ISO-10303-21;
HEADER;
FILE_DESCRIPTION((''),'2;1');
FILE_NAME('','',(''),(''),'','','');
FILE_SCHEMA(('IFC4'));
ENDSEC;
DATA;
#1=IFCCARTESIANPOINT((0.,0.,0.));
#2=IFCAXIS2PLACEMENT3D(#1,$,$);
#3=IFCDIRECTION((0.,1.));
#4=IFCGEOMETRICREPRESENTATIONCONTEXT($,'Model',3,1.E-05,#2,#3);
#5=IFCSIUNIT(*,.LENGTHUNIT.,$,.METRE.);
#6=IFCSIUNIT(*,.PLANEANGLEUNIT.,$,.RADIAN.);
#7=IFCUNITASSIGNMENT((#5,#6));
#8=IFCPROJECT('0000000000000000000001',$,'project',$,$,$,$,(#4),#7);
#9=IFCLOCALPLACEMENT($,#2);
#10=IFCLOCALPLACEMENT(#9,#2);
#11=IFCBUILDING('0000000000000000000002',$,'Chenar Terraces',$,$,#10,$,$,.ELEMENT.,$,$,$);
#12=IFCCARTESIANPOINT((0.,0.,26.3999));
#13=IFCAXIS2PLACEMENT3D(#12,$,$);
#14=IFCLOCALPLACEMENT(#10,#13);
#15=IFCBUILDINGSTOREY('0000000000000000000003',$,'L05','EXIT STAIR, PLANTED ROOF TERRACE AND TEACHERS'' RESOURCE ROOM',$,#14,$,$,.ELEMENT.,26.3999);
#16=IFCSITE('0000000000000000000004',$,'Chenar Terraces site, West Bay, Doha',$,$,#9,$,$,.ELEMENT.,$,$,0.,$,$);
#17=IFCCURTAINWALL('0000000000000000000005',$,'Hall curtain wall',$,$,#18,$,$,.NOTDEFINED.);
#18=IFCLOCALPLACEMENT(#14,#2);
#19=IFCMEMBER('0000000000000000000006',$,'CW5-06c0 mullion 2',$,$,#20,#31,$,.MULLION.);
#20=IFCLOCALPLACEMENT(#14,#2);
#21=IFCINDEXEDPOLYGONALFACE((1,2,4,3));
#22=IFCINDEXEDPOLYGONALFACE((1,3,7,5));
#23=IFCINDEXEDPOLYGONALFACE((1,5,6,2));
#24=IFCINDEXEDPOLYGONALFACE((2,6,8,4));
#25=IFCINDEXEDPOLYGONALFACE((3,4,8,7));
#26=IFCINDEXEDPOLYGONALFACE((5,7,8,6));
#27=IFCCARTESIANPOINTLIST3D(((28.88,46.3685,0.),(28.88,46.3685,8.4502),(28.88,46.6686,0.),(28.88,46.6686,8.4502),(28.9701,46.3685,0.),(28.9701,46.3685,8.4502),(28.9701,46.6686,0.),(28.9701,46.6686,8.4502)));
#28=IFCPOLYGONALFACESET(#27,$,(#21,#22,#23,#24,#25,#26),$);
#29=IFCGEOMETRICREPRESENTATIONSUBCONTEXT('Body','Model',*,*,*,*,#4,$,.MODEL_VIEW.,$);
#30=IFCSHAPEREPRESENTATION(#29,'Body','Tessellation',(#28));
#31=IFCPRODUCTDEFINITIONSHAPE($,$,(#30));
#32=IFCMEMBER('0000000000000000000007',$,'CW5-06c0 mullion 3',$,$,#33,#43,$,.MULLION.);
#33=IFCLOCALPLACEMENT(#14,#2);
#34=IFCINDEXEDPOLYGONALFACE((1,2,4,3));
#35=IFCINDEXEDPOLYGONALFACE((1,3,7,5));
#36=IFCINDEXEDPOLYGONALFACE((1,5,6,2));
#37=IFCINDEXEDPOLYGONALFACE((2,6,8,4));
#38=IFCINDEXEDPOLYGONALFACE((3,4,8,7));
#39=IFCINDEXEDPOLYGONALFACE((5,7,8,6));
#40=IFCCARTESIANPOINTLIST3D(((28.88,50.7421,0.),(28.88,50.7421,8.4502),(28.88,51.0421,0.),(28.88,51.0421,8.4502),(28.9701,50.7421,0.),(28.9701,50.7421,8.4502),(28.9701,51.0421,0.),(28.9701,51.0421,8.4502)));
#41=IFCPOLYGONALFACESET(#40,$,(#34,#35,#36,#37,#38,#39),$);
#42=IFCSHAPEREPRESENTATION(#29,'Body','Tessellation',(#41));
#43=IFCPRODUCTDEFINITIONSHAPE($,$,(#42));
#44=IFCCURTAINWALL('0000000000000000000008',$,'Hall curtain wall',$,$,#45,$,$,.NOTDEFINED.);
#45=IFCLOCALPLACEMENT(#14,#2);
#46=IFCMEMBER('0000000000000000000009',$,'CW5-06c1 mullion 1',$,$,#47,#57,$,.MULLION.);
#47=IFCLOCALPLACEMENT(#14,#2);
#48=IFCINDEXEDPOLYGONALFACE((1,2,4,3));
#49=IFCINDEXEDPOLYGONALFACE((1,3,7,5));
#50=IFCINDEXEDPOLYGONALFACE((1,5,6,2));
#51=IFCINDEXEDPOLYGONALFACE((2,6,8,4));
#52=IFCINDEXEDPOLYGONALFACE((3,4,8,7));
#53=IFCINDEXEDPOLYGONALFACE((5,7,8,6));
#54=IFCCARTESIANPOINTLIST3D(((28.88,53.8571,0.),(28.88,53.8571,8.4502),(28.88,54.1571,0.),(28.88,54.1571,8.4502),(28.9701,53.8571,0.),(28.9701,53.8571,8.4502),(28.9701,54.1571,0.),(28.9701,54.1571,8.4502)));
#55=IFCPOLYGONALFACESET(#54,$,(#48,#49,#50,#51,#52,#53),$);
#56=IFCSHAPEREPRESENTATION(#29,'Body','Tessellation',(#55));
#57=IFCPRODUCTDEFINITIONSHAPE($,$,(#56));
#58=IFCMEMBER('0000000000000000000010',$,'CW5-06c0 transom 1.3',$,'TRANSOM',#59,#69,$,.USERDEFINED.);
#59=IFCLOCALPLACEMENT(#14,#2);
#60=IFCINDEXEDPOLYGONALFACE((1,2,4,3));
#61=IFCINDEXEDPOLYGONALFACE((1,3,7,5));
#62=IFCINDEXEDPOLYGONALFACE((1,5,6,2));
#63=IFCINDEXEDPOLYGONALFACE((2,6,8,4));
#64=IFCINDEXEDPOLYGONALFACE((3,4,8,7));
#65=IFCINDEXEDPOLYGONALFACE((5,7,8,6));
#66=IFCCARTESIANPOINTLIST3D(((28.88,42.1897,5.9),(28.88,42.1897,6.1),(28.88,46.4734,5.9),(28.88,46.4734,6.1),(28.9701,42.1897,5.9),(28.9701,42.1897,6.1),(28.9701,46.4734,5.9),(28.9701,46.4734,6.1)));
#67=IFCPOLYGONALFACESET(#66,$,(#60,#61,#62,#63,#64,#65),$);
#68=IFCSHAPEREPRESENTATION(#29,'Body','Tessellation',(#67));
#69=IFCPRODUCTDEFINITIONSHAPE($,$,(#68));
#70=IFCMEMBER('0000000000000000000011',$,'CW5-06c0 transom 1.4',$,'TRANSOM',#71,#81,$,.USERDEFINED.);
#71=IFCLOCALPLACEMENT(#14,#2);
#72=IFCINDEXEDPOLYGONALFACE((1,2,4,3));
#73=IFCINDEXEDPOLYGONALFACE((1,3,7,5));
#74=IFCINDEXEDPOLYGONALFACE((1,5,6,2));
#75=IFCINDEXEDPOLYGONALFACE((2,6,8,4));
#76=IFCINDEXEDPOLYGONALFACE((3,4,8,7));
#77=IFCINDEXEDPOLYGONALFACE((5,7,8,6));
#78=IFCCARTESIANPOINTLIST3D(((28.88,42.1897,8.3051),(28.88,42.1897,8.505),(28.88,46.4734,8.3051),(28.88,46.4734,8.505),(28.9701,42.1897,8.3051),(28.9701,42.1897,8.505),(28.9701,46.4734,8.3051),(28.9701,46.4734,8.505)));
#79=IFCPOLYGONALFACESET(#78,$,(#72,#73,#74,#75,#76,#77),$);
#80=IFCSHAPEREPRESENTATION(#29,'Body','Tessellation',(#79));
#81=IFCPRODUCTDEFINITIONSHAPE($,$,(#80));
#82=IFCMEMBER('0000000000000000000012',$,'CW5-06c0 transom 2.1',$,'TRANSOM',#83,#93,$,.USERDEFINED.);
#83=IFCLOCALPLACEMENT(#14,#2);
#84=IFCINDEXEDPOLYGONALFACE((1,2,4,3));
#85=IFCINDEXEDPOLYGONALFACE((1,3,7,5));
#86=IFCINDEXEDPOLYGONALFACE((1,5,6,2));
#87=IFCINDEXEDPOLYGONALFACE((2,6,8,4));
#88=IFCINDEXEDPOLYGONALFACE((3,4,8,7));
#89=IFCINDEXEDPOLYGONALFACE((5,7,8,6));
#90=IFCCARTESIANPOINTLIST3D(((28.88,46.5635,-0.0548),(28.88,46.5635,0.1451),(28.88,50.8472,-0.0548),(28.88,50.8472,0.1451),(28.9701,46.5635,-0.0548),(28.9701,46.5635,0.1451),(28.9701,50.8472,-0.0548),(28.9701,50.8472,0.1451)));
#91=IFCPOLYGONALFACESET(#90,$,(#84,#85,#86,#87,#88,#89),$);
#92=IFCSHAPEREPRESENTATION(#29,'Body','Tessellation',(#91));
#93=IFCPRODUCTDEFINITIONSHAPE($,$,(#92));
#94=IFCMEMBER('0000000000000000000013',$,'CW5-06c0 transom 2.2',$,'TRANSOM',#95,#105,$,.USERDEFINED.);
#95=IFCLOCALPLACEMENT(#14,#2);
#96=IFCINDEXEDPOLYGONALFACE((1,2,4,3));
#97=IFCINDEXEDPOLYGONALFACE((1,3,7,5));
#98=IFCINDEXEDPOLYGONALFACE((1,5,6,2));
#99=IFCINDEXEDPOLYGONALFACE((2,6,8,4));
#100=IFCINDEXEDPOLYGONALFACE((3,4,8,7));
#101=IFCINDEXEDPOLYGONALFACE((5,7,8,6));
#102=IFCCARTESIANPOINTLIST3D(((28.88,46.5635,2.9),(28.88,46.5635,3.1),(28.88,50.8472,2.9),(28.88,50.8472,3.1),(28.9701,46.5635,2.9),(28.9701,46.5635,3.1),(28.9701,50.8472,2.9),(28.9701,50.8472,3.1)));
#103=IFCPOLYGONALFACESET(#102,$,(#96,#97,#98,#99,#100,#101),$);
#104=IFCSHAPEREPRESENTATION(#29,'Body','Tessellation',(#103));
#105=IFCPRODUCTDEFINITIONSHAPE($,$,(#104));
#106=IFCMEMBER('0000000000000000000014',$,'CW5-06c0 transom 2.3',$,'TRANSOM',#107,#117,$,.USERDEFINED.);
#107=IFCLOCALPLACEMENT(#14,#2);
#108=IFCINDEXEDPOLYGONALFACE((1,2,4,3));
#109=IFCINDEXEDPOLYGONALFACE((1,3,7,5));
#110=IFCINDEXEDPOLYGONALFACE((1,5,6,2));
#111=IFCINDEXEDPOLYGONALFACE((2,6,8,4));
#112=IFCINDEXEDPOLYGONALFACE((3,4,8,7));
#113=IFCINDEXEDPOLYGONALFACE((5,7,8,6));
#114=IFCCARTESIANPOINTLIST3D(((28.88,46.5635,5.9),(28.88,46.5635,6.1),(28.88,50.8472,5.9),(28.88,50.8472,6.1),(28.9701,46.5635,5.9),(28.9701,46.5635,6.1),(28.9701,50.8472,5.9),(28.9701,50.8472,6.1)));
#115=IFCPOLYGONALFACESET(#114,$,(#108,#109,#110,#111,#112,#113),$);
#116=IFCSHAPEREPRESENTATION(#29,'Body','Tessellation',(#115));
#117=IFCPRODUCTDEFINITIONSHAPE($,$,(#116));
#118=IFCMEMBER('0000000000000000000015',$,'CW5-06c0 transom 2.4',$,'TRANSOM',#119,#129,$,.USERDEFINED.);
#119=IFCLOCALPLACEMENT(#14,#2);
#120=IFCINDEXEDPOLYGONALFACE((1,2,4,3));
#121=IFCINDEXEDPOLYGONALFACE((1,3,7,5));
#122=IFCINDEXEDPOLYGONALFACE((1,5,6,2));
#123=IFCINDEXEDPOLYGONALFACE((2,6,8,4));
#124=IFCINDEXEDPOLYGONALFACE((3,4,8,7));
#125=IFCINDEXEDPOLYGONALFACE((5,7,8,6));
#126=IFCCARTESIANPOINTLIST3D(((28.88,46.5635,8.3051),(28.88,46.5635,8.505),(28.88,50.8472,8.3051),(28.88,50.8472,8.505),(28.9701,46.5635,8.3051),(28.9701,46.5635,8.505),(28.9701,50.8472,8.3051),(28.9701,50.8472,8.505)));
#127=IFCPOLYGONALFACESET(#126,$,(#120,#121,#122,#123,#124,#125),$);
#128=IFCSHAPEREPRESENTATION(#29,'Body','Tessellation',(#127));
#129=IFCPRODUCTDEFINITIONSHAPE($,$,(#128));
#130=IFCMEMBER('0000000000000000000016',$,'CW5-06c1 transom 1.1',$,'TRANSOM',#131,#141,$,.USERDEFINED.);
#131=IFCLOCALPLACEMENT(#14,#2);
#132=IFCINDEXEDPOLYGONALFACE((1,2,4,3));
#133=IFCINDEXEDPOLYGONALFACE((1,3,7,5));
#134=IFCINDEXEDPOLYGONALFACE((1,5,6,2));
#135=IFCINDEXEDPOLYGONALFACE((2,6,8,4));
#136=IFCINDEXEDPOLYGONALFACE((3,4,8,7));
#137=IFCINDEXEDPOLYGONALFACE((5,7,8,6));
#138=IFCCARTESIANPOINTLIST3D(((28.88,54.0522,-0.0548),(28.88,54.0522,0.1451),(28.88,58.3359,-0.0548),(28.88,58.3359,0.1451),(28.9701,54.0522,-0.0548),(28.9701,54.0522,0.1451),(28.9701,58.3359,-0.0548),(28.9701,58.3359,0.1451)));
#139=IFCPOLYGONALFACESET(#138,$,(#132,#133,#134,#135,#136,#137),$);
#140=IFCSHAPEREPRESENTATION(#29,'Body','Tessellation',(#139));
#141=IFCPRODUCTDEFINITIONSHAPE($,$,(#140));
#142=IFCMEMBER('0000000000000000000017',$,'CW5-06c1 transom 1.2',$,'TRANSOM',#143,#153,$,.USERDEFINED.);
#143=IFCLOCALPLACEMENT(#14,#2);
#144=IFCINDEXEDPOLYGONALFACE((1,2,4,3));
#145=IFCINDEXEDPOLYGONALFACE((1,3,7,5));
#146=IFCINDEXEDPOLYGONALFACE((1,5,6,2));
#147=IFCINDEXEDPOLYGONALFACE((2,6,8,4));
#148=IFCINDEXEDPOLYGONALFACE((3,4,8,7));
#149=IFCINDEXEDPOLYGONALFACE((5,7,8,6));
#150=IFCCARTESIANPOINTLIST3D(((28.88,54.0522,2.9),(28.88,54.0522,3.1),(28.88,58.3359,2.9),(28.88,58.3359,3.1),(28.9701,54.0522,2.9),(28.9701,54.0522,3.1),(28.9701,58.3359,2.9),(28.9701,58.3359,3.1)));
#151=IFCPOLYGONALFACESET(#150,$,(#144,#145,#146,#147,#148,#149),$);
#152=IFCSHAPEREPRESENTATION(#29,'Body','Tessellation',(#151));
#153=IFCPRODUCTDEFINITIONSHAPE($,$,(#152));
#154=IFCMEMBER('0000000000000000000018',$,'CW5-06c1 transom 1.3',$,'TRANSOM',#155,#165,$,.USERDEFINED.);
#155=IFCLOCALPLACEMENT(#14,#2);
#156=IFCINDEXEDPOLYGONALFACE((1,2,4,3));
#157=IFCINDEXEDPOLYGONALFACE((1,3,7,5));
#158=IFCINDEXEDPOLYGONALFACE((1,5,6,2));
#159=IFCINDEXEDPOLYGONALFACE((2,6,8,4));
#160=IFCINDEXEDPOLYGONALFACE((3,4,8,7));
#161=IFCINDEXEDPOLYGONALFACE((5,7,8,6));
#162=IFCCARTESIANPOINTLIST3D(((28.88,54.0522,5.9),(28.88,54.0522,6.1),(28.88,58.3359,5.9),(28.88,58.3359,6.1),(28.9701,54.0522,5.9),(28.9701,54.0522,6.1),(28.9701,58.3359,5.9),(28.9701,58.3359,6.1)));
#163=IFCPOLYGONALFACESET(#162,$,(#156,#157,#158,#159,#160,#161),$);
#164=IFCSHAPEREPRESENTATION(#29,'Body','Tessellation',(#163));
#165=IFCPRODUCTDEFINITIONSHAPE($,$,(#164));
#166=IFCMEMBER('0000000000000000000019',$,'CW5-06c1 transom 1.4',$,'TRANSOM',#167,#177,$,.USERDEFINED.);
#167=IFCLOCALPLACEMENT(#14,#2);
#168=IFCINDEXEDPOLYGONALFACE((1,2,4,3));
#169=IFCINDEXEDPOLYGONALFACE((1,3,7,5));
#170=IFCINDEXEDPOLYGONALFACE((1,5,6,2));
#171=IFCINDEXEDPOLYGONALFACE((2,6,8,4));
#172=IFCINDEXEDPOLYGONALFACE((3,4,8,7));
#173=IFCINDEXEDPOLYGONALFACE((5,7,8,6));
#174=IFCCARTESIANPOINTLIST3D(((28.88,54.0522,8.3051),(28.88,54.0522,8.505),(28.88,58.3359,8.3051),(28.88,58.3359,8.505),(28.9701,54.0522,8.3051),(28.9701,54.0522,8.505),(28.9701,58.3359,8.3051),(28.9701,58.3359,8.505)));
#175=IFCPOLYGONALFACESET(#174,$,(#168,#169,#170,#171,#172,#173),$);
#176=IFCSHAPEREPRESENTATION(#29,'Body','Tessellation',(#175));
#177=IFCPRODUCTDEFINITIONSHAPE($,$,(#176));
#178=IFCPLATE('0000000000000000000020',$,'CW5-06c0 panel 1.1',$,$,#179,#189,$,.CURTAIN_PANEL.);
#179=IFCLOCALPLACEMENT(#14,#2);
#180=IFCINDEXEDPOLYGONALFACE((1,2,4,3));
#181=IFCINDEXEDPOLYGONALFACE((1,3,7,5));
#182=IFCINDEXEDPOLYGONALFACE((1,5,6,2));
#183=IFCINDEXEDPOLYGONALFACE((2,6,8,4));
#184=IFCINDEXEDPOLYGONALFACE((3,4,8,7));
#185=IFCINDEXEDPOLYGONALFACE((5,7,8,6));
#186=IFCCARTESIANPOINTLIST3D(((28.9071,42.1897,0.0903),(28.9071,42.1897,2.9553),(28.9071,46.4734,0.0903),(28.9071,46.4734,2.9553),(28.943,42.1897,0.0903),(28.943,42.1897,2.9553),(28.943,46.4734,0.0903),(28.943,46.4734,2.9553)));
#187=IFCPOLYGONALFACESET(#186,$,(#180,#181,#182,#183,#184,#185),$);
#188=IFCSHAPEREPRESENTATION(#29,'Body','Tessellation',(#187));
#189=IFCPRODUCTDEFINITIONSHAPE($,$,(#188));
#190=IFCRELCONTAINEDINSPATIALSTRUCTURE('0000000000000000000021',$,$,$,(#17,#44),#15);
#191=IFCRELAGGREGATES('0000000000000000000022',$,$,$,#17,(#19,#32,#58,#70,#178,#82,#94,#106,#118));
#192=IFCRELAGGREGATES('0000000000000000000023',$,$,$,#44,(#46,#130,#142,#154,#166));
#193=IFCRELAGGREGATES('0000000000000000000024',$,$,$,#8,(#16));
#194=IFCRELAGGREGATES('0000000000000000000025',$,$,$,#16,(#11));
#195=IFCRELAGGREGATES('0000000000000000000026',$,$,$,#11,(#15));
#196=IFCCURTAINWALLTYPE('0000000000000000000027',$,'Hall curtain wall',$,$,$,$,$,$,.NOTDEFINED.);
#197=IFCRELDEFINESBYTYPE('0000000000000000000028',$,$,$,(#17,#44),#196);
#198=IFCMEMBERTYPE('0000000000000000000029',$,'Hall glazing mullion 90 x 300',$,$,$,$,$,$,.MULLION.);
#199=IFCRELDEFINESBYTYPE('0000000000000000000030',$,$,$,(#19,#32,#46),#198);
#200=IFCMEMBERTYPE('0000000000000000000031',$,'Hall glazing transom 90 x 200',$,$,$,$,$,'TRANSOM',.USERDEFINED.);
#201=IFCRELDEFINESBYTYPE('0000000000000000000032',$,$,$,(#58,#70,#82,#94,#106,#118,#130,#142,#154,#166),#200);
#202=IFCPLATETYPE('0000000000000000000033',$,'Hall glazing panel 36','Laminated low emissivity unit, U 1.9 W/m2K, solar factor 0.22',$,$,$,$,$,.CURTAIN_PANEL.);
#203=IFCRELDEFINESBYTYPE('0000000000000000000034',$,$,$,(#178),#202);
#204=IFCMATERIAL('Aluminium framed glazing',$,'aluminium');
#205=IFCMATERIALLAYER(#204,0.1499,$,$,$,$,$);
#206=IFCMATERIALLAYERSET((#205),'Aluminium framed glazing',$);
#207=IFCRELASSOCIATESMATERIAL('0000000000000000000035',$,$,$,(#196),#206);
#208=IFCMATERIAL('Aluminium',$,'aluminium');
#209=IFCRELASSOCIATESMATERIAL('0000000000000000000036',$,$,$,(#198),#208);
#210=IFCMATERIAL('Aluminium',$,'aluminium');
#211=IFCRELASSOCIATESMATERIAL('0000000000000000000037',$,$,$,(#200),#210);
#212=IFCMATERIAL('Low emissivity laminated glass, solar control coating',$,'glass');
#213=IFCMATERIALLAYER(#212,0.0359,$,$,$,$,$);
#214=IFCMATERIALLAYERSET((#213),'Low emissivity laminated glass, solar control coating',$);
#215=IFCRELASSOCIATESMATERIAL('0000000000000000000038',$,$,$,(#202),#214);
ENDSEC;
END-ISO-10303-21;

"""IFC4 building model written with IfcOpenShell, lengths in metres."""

from ifc_helpers import new_model, si_unit, direction, frame, origin, origin_2d, place, context, subcontext, project, spatial, rectangle, extrude, material, layer, layer_set, material_profile, profile_set, type_object, element, aggregate, save


model = new_model("IFC4")

# Units and contexts
model_context = context("Model", 3, precision=1e-05, world=origin(), true_north=direction((0.0, 1.0)))
body_context = subcontext(model_context, "Body", "Model", "MODEL_VIEW")
ifc_project = project(units=[si_unit("LENGTHUNIT", "METRE"), si_unit("PLANEANGLEUNIT", "RADIAN")], contexts=[model_context])

# Site, building, storey
site_placement = place(None, origin())
site = spatial("IfcSite", under=ifc_project, at=site_placement, Name="Chenar Terraces site, West Bay, Doha", CompositionType="ELEMENT", RefElevation=0.0)
building_placement = place(site_placement, origin())
building = spatial("IfcBuilding", under=site, at=building_placement, Name="Chenar Terraces", CompositionType="ELEMENT")
storey_placement = place(building_placement, frame((0.0, 0.0, 26.3999)))
storey = spatial("IfcBuildingStorey", under=building, at=storey_placement, Name="L05", Description="EXIT STAIR, PLANTED ROOF TERRACE AND TEACHERS' RESOURCE ROOM", CompositionType="ELEMENT", Elevation=26.3999)

# Curtain wall, members
ifc_material_1 = material(Name="Aluminium framed glazing", Category="aluminium")
ifc_layer_1 = layer(ifc_material_1, 0.1499)
ifc_layer_set_1 = layer_set([ifc_layer_1], Name="Aluminium framed glazing")
curtain_wall_type = type_object("IfcCurtainWallType", Name="Hall curtain wall", PredefinedType="NOTDEFINED", material=ifc_layer_set_1)
placement = place(storey_placement, origin())
curtain_wall_1 = element("IfcCurtainWall", 1, at=placement, inside=storey, type_object=curtain_wall_type, Name="Hall curtain wall", PredefinedType="NOTDEFINED")
ifc_material_2 = material(Name="Aluminium", Category="aluminium")
ifc_material_profile_1 = material_profile(ifc_material_2, rectangle(XDim=0.0901, YDim=0.3, at=origin_2d()), Name="Hall glazing mullion 90 x 300")
ifc_profile_set_1 = profile_set([ifc_material_profile_1], Name="Aluminium")
member_type_1 = type_object("IfcMemberType", Name="Hall glazing mullion 90 x 300", PredefinedType="MULLION", material=ifc_profile_set_1)
member_1_placement = place(storey_placement, frame((28.925, 46.5186, 0.0), z_axis=(0.0, 0.0, 1.0), x_axis=(-1.0, 0.0, 0.0)))
member_1 = element("IfcMember", 2, at=member_1_placement, type_object=member_type_1, Name="CW5-06c0 mullion 2", PredefinedType="MULLION", context=body_context, shape_type="SweptSolid", body=[
    extrude(rectangle(XDim=0.0901, YDim=0.3, at=origin_2d()), origin(), (0.0, 0.0, 1.0), 8.4502),
])
member_2_placement = place(storey_placement, frame((28.925, 50.8921, 0.0), z_axis=(0.0, 0.0, 1.0), x_axis=(-1.0, 0.0, 0.0)))
member_2 = element("IfcMember", 3, at=member_2_placement, type_object=member_type_1, Name="CW5-06c0 mullion 3", PredefinedType="MULLION", context=body_context, shape_type="SweptSolid", body=[
    extrude(rectangle(XDim=0.0901, YDim=0.3, at=origin_2d()), origin(), (0.0, 0.0, 1.0), 8.4502),
])

# Curtain wall, member
curtain_wall_2 = element("IfcCurtainWall", 4, at=placement, inside=storey, type_object=curtain_wall_type, Name="Hall curtain wall", PredefinedType="NOTDEFINED")
member_3_placement = place(storey_placement, frame((28.925, 54.0071, 0.0), z_axis=(0.0, 0.0, 1.0), x_axis=(-1.0, 0.0, 0.0)))
member_3 = element("IfcMember", 5, at=member_3_placement, type_object=member_type_1, Name="CW5-06c1 mullion 1", PredefinedType="MULLION", context=body_context, shape_type="SweptSolid", body=[
    extrude(rectangle(XDim=0.0901, YDim=0.3, at=origin_2d()), origin(), (0.0, 0.0, 1.0), 8.4502),
])

# Members
ifc_material_3 = material(Name="Aluminium", Category="aluminium")
ifc_material_profile_2 = material_profile(ifc_material_3, rectangle(XDim=0.0901, YDim=0.2, at=origin_2d()), Name="Hall glazing transom 90 x 200")
ifc_profile_set_2 = profile_set([ifc_material_profile_2], Name="Aluminium")
member_type_2 = type_object("IfcMemberType", Name="Hall glazing transom 90 x 200", ElementType="TRANSOM", PredefinedType="USERDEFINED", material=ifc_profile_set_2)
member_4_placement = place(storey_placement, frame((28.925, 42.1897, 6.0), z_axis=(0.0, 1.0, 0.0), x_axis=(-1.0, 0.0, 0.0)))
member_4 = element("IfcMember", 6, at=member_4_placement, type_object=member_type_2, Name="CW5-06c0 transom 1.3", ObjectType="TRANSOM", PredefinedType="USERDEFINED", context=body_context, shape_type="SweptSolid", body=[
    extrude(rectangle(XDim=0.0901, YDim=0.2, at=origin_2d()), origin(), (0.0, 0.0, 1.0), 4.2837),
])
member_5_placement = place(storey_placement, frame((28.925, 42.1897, 8.405), z_axis=(0.0, 1.0, 0.0), x_axis=(-1.0, 0.0, 0.0)))
member_5 = element("IfcMember", 7, at=member_5_placement, type_object=member_type_2, Name="CW5-06c0 transom 1.4", ObjectType="TRANSOM", PredefinedType="USERDEFINED", context=body_context, shape_type="SweptSolid", body=[
    extrude(rectangle(XDim=0.0901, YDim=0.2, at=origin_2d()), origin(), (0.0, 0.0, 1.0), 4.2837),
])
member_6_placement = place(storey_placement, frame((28.925, 46.5635, 0.0452), z_axis=(0.0, 1.0, 0.0), x_axis=(-1.0, 0.0, 0.0)))
member_6 = element("IfcMember", 8, at=member_6_placement, type_object=member_type_2, Name="CW5-06c0 transom 2.1", ObjectType="TRANSOM", PredefinedType="USERDEFINED", context=body_context, shape_type="SweptSolid", body=[
    extrude(rectangle(XDim=0.0901, YDim=0.2, at=origin_2d()), origin(), (0.0, 0.0, 1.0), 4.2837),
])
member_7_placement = place(storey_placement, frame((28.925, 46.5635, 3.0), z_axis=(0.0, 1.0, 0.0), x_axis=(-1.0, 0.0, 0.0)))
member_7 = element("IfcMember", 9, at=member_7_placement, type_object=member_type_2, Name="CW5-06c0 transom 2.2", ObjectType="TRANSOM", PredefinedType="USERDEFINED", context=body_context, shape_type="SweptSolid", body=[
    extrude(rectangle(XDim=0.0901, YDim=0.2, at=origin_2d()), origin(), (0.0, 0.0, 1.0), 4.2837),
])
member_8_placement = place(storey_placement, frame((28.925, 46.5635, 6.0), z_axis=(0.0, 1.0, 0.0), x_axis=(-1.0, 0.0, 0.0)))
member_8 = element("IfcMember", 10, at=member_8_placement, type_object=member_type_2, Name="CW5-06c0 transom 2.3", ObjectType="TRANSOM", PredefinedType="USERDEFINED", context=body_context, shape_type="SweptSolid", body=[
    extrude(rectangle(XDim=0.0901, YDim=0.2, at=origin_2d()), origin(), (0.0, 0.0, 1.0), 4.2837),
])
member_9_placement = place(storey_placement, frame((28.925, 46.5635, 8.405), z_axis=(0.0, 1.0, 0.0), x_axis=(-1.0, 0.0, 0.0)))
member_9 = element("IfcMember", 11, at=member_9_placement, type_object=member_type_2, Name="CW5-06c0 transom 2.4", ObjectType="TRANSOM", PredefinedType="USERDEFINED", context=body_context, shape_type="SweptSolid", body=[
    extrude(rectangle(XDim=0.0901, YDim=0.2, at=origin_2d()), origin(), (0.0, 0.0, 1.0), 4.2837),
])
member_10_placement = place(storey_placement, frame((28.925, 54.0522, 0.0452), z_axis=(0.0, 1.0, 0.0), x_axis=(-1.0, 0.0, 0.0)))
member_10 = element("IfcMember", 12, at=member_10_placement, type_object=member_type_2, Name="CW5-06c1 transom 1.1", ObjectType="TRANSOM", PredefinedType="USERDEFINED", context=body_context, shape_type="SweptSolid", body=[
    extrude(rectangle(XDim=0.0901, YDim=0.2, at=origin_2d()), origin(), (0.0, 0.0, 1.0), 4.2837),
])
member_11_placement = place(storey_placement, frame((28.925, 54.0522, 3.0), z_axis=(0.0, 1.0, 0.0), x_axis=(-1.0, 0.0, 0.0)))
member_11 = element("IfcMember", 13, at=member_11_placement, type_object=member_type_2, Name="CW5-06c1 transom 1.2", ObjectType="TRANSOM", PredefinedType="USERDEFINED", context=body_context, shape_type="SweptSolid", body=[
    extrude(rectangle(XDim=0.0901, YDim=0.2, at=origin_2d()), origin(), (0.0, 0.0, 1.0), 4.2837),
])
member_12_placement = place(storey_placement, frame((28.925, 54.0522, 6.0), z_axis=(0.0, 1.0, 0.0), x_axis=(-1.0, 0.0, 0.0)))
member_12 = element("IfcMember", 14, at=member_12_placement, type_object=member_type_2, Name="CW5-06c1 transom 1.3", ObjectType="TRANSOM", PredefinedType="USERDEFINED", context=body_context, shape_type="SweptSolid", body=[
    extrude(rectangle(XDim=0.0901, YDim=0.2, at=origin_2d()), origin(), (0.0, 0.0, 1.0), 4.2837),
])
member_13_placement = place(storey_placement, frame((28.925, 54.0522, 8.405), z_axis=(0.0, 1.0, 0.0), x_axis=(-1.0, 0.0, 0.0)))
member_13 = element("IfcMember", 15, at=member_13_placement, type_object=member_type_2, Name="CW5-06c1 transom 1.4", ObjectType="TRANSOM", PredefinedType="USERDEFINED", context=body_context, shape_type="SweptSolid", body=[
    extrude(rectangle(XDim=0.0901, YDim=0.2, at=origin_2d()), origin(), (0.0, 0.0, 1.0), 4.2837),
])

# Plate
ifc_material_4 = material(Name="Low emissivity laminated glass, solar control coating", Category="glass")
ifc_layer_2 = layer(ifc_material_4, 0.0359)
ifc_layer_set_2 = layer_set([ifc_layer_2], Name="Low emissivity laminated glass, solar control coating")
plate_type = type_object("IfcPlateType", Name="Hall glazing panel 36", Description="Laminated low emissivity unit, U 1.9 W/m2K, solar factor 0.22", PredefinedType="CURTAIN_PANEL", material=ifc_layer_set_2)
plate_1_placement = place(storey_placement, frame((28.925, 44.3315, 0.0903), z_axis=(0.0, 0.0, 1.0), x_axis=(0.0, 1.0, 0.0)))
plate_1 = element("IfcPlate", 16, at=plate_1_placement, type_object=plate_type, Name="CW5-06c0 panel 1.1", PredefinedType="CURTAIN_PANEL", context=body_context, shape_type="SweptSolid", body=[
    extrude(rectangle(XDim=4.2837, YDim=0.0359, at=origin_2d()), origin(), (0.0, 0.0, 1.0), 2.865),
])
aggregate(curtain_wall_1, [member_1, member_2, member_4, member_5, plate_1, member_6, member_7, member_8, member_9])
aggregate(curtain_wall_2, [member_3, member_10, member_11, member_12, member_13])

save(model, "model.ifc")
